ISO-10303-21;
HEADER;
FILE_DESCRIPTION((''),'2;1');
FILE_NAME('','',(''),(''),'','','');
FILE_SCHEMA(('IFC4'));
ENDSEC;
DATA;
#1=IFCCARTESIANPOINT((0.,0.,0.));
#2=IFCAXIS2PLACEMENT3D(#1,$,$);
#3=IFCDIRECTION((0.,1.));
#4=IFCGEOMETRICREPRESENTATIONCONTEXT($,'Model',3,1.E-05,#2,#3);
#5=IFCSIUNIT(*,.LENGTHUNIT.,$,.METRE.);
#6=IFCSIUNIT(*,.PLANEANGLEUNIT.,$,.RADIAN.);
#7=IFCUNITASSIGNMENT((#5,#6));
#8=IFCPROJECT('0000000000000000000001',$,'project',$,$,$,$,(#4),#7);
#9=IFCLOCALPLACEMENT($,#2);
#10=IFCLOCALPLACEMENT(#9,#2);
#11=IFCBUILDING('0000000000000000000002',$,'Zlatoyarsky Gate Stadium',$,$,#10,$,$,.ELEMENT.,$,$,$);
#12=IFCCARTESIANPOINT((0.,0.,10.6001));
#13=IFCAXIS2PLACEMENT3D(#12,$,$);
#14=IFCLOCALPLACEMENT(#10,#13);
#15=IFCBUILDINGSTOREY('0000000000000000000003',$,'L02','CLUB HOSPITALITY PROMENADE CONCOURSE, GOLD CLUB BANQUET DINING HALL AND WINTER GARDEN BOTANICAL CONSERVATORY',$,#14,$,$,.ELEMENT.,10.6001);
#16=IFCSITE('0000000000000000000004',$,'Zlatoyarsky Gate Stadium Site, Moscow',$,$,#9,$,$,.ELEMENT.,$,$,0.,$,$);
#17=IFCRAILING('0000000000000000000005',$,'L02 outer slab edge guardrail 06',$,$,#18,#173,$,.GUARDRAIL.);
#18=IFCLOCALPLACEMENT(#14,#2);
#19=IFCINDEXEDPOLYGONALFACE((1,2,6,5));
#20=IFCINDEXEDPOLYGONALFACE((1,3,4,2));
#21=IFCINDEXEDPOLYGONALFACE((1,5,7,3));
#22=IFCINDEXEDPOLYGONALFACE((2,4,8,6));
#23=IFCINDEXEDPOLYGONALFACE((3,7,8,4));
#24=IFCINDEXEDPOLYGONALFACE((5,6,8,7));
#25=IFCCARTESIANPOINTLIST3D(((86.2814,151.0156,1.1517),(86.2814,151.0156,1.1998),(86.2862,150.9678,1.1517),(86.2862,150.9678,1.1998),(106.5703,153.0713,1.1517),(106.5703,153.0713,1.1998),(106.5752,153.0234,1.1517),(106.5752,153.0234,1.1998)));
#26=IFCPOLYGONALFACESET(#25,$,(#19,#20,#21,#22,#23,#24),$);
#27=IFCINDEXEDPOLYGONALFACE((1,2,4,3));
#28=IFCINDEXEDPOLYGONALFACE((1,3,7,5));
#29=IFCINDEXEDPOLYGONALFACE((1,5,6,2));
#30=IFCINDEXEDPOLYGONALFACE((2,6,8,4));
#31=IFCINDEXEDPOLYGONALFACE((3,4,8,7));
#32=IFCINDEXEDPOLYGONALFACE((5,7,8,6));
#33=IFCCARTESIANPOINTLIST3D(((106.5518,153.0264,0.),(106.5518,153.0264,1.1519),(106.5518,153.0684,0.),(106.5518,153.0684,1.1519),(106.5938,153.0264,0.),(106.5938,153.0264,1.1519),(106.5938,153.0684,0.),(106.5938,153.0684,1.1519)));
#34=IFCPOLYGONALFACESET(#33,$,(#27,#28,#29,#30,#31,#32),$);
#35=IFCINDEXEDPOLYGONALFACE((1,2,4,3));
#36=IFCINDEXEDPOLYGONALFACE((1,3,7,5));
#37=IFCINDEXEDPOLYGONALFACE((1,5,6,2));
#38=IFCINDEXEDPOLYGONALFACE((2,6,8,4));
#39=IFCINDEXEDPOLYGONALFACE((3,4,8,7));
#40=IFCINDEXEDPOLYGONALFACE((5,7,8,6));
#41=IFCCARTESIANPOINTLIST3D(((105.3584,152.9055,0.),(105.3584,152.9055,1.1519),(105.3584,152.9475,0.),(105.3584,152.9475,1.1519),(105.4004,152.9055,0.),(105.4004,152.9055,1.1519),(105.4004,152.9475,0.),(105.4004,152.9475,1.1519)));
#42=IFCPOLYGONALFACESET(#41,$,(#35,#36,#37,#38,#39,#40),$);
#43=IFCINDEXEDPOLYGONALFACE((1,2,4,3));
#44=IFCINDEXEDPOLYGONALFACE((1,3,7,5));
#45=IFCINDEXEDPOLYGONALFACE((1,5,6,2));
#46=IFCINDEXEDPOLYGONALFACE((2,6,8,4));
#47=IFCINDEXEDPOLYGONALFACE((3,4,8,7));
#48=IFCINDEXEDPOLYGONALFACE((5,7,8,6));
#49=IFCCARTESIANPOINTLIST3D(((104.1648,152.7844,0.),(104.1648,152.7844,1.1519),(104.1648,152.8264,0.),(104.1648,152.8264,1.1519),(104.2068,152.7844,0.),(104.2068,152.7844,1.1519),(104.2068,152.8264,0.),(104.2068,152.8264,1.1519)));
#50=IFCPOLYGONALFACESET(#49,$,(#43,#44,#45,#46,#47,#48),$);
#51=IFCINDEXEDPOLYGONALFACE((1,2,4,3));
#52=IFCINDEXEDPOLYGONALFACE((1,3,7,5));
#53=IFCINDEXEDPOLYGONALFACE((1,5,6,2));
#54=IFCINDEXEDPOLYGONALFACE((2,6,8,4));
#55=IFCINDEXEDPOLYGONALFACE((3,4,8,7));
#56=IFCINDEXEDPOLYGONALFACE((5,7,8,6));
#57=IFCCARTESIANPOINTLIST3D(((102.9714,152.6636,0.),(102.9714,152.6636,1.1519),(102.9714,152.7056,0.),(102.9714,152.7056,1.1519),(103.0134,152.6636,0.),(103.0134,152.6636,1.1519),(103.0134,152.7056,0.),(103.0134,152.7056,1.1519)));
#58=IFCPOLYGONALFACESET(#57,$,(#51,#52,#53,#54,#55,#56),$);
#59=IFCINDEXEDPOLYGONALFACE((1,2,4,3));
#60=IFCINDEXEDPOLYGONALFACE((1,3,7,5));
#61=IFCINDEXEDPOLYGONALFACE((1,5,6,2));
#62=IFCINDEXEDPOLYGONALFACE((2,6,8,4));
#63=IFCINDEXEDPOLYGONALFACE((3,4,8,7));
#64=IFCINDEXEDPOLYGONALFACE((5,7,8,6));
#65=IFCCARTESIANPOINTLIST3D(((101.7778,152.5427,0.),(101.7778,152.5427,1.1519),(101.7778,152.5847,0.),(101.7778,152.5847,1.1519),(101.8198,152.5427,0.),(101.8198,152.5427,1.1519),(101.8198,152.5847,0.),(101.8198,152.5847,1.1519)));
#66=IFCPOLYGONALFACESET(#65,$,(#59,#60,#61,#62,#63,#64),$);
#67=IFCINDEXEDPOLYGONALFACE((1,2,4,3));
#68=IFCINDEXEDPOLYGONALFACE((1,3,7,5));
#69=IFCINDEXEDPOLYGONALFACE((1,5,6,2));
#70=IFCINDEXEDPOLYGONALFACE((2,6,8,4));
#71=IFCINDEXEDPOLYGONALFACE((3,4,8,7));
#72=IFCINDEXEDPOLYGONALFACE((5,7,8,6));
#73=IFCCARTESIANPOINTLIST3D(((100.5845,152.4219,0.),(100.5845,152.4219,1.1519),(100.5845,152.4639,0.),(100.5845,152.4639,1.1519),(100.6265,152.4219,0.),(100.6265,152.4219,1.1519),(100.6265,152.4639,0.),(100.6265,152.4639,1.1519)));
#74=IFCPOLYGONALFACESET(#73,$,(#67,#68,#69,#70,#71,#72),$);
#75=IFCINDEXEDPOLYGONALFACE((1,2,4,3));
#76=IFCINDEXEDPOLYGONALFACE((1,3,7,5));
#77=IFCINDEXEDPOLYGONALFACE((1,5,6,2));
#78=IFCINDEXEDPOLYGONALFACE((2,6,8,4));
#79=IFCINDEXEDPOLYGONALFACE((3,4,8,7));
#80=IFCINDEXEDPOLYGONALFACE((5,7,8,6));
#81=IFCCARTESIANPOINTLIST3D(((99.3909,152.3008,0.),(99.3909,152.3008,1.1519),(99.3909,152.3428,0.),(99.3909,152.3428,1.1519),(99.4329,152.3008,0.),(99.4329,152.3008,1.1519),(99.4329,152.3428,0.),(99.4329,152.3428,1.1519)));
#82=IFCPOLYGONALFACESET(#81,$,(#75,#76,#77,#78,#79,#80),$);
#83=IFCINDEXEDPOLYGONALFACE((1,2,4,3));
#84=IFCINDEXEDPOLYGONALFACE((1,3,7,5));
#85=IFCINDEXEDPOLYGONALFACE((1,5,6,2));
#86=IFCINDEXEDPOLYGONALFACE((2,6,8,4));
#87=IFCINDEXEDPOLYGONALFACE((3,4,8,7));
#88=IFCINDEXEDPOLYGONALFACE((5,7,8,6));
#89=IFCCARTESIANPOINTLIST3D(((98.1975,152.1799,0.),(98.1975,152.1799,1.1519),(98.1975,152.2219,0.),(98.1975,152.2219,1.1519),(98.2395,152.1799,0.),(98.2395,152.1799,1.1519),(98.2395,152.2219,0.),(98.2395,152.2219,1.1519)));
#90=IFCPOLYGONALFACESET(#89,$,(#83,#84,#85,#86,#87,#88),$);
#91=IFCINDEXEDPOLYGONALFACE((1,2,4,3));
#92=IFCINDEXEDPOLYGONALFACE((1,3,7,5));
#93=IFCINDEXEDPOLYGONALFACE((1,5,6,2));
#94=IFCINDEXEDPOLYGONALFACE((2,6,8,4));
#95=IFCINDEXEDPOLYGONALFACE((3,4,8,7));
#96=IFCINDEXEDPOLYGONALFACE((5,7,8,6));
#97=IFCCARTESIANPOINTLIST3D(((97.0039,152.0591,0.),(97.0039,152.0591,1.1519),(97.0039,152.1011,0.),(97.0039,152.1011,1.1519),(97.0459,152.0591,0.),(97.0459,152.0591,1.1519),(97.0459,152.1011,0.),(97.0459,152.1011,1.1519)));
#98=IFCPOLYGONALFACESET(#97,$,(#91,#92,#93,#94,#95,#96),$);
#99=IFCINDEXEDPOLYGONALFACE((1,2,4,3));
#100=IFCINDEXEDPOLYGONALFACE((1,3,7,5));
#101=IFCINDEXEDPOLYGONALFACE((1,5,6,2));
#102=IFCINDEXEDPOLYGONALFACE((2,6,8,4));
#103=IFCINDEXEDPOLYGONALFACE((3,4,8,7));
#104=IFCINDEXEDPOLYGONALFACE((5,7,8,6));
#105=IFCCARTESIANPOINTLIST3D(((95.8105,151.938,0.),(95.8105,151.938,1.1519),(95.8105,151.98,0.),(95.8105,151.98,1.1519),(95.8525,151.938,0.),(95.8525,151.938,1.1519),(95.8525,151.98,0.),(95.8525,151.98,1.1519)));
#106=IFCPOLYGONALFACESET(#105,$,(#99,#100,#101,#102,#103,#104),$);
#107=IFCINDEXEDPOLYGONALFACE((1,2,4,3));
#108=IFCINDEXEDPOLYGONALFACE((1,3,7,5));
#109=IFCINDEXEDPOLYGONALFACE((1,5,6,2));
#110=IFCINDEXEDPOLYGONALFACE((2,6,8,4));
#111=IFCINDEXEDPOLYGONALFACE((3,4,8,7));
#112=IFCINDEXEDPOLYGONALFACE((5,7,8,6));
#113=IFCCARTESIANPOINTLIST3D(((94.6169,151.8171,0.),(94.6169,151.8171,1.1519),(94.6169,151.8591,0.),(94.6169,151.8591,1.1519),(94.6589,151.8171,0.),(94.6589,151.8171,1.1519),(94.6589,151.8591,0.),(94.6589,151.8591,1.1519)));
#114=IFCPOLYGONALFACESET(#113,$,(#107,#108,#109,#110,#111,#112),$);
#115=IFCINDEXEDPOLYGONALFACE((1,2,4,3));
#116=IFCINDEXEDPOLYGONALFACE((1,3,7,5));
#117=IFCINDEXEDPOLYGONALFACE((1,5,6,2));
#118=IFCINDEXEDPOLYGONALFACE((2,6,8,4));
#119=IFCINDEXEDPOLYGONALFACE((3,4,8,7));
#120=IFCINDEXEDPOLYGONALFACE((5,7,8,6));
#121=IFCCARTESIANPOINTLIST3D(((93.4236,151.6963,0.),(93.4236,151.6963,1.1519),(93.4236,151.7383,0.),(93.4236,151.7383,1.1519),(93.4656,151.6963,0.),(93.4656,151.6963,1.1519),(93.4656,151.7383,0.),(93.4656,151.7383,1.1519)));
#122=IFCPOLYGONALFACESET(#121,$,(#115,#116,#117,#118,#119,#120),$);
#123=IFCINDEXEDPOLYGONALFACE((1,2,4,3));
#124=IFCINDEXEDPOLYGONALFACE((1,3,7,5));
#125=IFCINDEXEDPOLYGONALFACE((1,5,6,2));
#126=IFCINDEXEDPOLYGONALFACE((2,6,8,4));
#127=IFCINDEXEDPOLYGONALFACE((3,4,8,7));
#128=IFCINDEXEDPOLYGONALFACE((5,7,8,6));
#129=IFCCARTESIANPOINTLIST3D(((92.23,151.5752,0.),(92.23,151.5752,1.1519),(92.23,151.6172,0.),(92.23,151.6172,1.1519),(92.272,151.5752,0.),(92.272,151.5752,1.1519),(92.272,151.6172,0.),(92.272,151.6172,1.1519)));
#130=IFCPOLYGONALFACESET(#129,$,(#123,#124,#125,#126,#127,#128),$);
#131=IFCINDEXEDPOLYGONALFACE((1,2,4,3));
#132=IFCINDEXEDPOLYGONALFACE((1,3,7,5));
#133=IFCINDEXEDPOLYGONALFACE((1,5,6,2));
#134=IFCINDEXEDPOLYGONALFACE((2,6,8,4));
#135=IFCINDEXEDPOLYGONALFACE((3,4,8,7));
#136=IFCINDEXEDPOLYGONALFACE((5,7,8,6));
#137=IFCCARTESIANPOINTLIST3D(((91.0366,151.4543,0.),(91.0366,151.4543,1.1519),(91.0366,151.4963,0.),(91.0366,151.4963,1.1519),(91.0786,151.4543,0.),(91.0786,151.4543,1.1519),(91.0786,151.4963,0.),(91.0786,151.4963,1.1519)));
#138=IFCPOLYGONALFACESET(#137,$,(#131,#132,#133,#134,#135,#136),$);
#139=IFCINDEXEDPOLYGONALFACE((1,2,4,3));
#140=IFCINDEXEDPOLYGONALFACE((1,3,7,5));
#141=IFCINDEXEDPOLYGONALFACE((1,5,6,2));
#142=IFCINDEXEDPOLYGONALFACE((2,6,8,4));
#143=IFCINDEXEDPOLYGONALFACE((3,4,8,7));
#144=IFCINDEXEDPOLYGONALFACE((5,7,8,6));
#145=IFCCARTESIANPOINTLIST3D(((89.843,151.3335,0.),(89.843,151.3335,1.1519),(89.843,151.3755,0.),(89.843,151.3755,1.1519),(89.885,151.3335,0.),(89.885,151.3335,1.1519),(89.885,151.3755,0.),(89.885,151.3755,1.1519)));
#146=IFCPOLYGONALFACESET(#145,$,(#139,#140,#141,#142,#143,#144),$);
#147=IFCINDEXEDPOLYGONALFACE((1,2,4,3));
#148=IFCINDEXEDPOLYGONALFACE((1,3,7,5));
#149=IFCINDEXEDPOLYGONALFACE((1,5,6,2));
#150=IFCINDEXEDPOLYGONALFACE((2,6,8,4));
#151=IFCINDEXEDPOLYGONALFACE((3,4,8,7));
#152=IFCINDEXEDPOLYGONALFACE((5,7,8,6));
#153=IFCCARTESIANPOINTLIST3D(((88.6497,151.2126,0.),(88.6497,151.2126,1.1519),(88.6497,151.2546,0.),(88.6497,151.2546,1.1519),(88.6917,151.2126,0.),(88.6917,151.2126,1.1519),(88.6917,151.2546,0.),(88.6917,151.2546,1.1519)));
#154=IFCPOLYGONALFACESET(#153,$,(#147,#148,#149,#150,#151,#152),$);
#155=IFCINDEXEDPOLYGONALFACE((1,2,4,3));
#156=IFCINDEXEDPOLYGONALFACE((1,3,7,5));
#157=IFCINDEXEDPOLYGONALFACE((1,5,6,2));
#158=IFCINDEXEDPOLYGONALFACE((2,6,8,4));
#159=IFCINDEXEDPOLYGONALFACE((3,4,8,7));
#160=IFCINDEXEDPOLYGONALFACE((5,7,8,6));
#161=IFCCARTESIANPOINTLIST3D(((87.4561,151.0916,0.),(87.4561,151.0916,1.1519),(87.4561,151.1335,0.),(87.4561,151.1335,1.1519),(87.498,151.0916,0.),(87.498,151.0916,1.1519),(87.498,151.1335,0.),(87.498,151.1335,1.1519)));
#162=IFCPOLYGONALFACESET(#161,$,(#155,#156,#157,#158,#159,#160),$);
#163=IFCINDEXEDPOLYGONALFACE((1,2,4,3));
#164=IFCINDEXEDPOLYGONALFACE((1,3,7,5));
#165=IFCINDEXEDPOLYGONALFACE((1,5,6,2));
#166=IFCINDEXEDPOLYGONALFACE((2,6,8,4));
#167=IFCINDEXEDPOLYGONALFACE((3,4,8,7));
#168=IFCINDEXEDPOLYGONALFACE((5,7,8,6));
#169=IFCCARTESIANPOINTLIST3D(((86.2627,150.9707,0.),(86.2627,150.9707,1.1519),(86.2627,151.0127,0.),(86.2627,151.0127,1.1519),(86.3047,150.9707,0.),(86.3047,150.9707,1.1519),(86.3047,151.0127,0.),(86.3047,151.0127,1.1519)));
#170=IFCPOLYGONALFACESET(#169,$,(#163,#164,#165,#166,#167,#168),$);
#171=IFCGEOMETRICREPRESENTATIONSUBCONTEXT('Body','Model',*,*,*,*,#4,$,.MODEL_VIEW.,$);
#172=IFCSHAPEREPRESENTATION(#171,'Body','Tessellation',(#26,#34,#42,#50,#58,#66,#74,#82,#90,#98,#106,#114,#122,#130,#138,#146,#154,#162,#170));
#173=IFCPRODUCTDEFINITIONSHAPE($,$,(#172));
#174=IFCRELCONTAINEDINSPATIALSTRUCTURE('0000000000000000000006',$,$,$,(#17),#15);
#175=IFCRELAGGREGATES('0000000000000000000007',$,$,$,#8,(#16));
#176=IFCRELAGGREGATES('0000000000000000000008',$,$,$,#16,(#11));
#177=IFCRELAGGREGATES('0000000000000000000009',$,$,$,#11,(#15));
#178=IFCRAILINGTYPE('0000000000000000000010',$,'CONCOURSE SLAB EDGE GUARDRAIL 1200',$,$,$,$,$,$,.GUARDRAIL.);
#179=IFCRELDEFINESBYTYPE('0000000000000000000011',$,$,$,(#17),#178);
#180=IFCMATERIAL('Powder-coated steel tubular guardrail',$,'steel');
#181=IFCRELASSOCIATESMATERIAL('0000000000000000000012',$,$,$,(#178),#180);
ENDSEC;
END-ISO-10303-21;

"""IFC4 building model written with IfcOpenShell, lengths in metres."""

from ifc_helpers import new_model, si_unit, direction, frame, origin, origin_2d, place, context, subcontext, project, spatial, rectangle, extrude, material, type_object, element, save


model = new_model("IFC4")

# Units and contexts
model_context = context("Model", 3, precision=1e-05, world=origin(), true_north=direction((0.0, 1.0)))
body_context = subcontext(model_context, "Body", "Model", "MODEL_VIEW")
ifc_project = project(units=[si_unit("LENGTHUNIT", "METRE"), si_unit("PLANEANGLEUNIT", "RADIAN")], contexts=[model_context])

# Site, building, storey
site_placement = place(None, origin())
site = spatial("IfcSite", under=ifc_project, at=site_placement, Name="Zlatoyarsky Gate Stadium Site, Moscow", CompositionType="ELEMENT", RefElevation=0.0)
building_placement = place(site_placement, origin())
building = spatial("IfcBuilding", under=site, at=building_placement, Name="Zlatoyarsky Gate Stadium", CompositionType="ELEMENT")
storey_placement = place(building_placement, frame((0.0, 0.0, 10.6001)))
storey = spatial("IfcBuildingStorey", under=building, at=storey_placement, Name="L02", Description="CLUB HOSPITALITY PROMENADE CONCOURSE, GOLD CLUB BANQUET DINING HALL AND WINTER GARDEN BOTANICAL CONSERVATORY", CompositionType="ELEMENT", Elevation=10.6001)

# Railing
ifc_material_1 = material(Name="Powder-coated steel tubular guardrail", Category="steel")
railing_type = type_object("IfcRailingType", Name="CONCOURSE SLAB EDGE GUARDRAIL 1200", PredefinedType="GUARDRAIL", material=ifc_material_1)
railing_placement = place(storey_placement, frame((106.5728, 153.0474, 0.0)))
element("IfcRailing", 1, at=railing_placement, inside=storey, type_object=railing_type, Name="L02 outer slab edge guardrail 06", PredefinedType="GUARDRAIL", context=body_context, shape_type="SweptSolid", body=[
    extrude(rectangle(XDim=0.0481, YDim=0.0481, at=origin_2d()), frame((0.0, 0.0, 1.1758), z_axis=(-0.994906, -0.100803, 0.0), x_axis=(0.100803, -0.994906, 0.0)), (0.0, 0.0, 1.0), 20.3928),
    extrude(rectangle(XDim=0.042, YDim=0.042, at=origin_2d()), origin(), (0.0, 0.0, 1.0), 1.1519),
    extrude(rectangle(XDim=0.042, YDim=0.042, at=origin_2d()), frame((-1.1934, -0.1208, 0.0)), (0.0, 0.0, 1.0), 1.1519),
    extrude(rectangle(XDim=0.042, YDim=0.042, at=origin_2d()), frame((-2.387, -0.2419, 0.0)), (0.0, 0.0, 1.0), 1.1519),
    extrude(rectangle(XDim=0.042, YDim=0.042, at=origin_2d()), frame((-3.5803, -0.3628, 0.0)), (0.0, 0.0, 1.0), 1.1519),
    extrude(rectangle(XDim=0.042, YDim=0.042, at=origin_2d()), frame((-4.7739, -0.4836, 0.0)), (0.0, 0.0, 1.0), 1.1519),
    extrude(rectangle(XDim=0.042, YDim=0.042, at=origin_2d()), frame((-5.9673, -0.6045, 0.0)), (0.0, 0.0, 1.0), 1.1519),
    extrude(rectangle(XDim=0.042, YDim=0.042, at=origin_2d()), frame((-7.1609, -0.7256, 0.0)), (0.0, 0.0, 1.0), 1.1519),
    extrude(rectangle(XDim=0.042, YDim=0.042, at=origin_2d()), frame((-8.3542, -0.8464, 0.0)), (0.0, 0.0, 1.0), 1.1519),
    extrude(rectangle(XDim=0.042, YDim=0.042, at=origin_2d()), frame((-9.5479, -0.9673, 0.0)), (0.0, 0.0, 1.0), 1.1519),
    extrude(rectangle(XDim=0.042, YDim=0.042, at=origin_2d()), frame((-10.7412, -1.0884, 0.0)), (0.0, 0.0, 1.0), 1.1519),
    extrude(rectangle(XDim=0.042, YDim=0.042, at=origin_2d()), frame((-11.9348, -1.2092, 0.0)), (0.0, 0.0, 1.0), 1.1519),
    extrude(rectangle(XDim=0.042, YDim=0.042, at=origin_2d()), frame((-13.1282, -1.3301, 0.0)), (0.0, 0.0, 1.0), 1.1519),
    extrude(rectangle(XDim=0.042, YDim=0.042, at=origin_2d()), frame((-14.3218, -1.4512, 0.0)), (0.0, 0.0, 1.0), 1.1519),
    extrude(rectangle(XDim=0.042, YDim=0.042, at=origin_2d()), frame((-15.5151, -1.572, 0.0)), (0.0, 0.0, 1.0), 1.1519),
    extrude(rectangle(XDim=0.042, YDim=0.042, at=origin_2d()), frame((-16.7087, -1.6929, 0.0)), (0.0, 0.0, 1.0), 1.1519),
    extrude(rectangle(XDim=0.042, YDim=0.042, at=origin_2d()), frame((-17.9021, -1.8137, 0.0)), (0.0, 0.0, 1.0), 1.1519),
    extrude(rectangle(XDim=0.042, YDim=0.042, at=origin_2d()), frame((-19.0957, -1.9348, 0.0)), (0.0, 0.0, 1.0), 1.1519),
    extrude(rectangle(XDim=0.042, YDim=0.042, at=origin_2d()), frame((-20.2891, -2.0557, 0.0)), (0.0, 0.0, 1.0), 1.1519),
])

save(model, "model.ifc")
